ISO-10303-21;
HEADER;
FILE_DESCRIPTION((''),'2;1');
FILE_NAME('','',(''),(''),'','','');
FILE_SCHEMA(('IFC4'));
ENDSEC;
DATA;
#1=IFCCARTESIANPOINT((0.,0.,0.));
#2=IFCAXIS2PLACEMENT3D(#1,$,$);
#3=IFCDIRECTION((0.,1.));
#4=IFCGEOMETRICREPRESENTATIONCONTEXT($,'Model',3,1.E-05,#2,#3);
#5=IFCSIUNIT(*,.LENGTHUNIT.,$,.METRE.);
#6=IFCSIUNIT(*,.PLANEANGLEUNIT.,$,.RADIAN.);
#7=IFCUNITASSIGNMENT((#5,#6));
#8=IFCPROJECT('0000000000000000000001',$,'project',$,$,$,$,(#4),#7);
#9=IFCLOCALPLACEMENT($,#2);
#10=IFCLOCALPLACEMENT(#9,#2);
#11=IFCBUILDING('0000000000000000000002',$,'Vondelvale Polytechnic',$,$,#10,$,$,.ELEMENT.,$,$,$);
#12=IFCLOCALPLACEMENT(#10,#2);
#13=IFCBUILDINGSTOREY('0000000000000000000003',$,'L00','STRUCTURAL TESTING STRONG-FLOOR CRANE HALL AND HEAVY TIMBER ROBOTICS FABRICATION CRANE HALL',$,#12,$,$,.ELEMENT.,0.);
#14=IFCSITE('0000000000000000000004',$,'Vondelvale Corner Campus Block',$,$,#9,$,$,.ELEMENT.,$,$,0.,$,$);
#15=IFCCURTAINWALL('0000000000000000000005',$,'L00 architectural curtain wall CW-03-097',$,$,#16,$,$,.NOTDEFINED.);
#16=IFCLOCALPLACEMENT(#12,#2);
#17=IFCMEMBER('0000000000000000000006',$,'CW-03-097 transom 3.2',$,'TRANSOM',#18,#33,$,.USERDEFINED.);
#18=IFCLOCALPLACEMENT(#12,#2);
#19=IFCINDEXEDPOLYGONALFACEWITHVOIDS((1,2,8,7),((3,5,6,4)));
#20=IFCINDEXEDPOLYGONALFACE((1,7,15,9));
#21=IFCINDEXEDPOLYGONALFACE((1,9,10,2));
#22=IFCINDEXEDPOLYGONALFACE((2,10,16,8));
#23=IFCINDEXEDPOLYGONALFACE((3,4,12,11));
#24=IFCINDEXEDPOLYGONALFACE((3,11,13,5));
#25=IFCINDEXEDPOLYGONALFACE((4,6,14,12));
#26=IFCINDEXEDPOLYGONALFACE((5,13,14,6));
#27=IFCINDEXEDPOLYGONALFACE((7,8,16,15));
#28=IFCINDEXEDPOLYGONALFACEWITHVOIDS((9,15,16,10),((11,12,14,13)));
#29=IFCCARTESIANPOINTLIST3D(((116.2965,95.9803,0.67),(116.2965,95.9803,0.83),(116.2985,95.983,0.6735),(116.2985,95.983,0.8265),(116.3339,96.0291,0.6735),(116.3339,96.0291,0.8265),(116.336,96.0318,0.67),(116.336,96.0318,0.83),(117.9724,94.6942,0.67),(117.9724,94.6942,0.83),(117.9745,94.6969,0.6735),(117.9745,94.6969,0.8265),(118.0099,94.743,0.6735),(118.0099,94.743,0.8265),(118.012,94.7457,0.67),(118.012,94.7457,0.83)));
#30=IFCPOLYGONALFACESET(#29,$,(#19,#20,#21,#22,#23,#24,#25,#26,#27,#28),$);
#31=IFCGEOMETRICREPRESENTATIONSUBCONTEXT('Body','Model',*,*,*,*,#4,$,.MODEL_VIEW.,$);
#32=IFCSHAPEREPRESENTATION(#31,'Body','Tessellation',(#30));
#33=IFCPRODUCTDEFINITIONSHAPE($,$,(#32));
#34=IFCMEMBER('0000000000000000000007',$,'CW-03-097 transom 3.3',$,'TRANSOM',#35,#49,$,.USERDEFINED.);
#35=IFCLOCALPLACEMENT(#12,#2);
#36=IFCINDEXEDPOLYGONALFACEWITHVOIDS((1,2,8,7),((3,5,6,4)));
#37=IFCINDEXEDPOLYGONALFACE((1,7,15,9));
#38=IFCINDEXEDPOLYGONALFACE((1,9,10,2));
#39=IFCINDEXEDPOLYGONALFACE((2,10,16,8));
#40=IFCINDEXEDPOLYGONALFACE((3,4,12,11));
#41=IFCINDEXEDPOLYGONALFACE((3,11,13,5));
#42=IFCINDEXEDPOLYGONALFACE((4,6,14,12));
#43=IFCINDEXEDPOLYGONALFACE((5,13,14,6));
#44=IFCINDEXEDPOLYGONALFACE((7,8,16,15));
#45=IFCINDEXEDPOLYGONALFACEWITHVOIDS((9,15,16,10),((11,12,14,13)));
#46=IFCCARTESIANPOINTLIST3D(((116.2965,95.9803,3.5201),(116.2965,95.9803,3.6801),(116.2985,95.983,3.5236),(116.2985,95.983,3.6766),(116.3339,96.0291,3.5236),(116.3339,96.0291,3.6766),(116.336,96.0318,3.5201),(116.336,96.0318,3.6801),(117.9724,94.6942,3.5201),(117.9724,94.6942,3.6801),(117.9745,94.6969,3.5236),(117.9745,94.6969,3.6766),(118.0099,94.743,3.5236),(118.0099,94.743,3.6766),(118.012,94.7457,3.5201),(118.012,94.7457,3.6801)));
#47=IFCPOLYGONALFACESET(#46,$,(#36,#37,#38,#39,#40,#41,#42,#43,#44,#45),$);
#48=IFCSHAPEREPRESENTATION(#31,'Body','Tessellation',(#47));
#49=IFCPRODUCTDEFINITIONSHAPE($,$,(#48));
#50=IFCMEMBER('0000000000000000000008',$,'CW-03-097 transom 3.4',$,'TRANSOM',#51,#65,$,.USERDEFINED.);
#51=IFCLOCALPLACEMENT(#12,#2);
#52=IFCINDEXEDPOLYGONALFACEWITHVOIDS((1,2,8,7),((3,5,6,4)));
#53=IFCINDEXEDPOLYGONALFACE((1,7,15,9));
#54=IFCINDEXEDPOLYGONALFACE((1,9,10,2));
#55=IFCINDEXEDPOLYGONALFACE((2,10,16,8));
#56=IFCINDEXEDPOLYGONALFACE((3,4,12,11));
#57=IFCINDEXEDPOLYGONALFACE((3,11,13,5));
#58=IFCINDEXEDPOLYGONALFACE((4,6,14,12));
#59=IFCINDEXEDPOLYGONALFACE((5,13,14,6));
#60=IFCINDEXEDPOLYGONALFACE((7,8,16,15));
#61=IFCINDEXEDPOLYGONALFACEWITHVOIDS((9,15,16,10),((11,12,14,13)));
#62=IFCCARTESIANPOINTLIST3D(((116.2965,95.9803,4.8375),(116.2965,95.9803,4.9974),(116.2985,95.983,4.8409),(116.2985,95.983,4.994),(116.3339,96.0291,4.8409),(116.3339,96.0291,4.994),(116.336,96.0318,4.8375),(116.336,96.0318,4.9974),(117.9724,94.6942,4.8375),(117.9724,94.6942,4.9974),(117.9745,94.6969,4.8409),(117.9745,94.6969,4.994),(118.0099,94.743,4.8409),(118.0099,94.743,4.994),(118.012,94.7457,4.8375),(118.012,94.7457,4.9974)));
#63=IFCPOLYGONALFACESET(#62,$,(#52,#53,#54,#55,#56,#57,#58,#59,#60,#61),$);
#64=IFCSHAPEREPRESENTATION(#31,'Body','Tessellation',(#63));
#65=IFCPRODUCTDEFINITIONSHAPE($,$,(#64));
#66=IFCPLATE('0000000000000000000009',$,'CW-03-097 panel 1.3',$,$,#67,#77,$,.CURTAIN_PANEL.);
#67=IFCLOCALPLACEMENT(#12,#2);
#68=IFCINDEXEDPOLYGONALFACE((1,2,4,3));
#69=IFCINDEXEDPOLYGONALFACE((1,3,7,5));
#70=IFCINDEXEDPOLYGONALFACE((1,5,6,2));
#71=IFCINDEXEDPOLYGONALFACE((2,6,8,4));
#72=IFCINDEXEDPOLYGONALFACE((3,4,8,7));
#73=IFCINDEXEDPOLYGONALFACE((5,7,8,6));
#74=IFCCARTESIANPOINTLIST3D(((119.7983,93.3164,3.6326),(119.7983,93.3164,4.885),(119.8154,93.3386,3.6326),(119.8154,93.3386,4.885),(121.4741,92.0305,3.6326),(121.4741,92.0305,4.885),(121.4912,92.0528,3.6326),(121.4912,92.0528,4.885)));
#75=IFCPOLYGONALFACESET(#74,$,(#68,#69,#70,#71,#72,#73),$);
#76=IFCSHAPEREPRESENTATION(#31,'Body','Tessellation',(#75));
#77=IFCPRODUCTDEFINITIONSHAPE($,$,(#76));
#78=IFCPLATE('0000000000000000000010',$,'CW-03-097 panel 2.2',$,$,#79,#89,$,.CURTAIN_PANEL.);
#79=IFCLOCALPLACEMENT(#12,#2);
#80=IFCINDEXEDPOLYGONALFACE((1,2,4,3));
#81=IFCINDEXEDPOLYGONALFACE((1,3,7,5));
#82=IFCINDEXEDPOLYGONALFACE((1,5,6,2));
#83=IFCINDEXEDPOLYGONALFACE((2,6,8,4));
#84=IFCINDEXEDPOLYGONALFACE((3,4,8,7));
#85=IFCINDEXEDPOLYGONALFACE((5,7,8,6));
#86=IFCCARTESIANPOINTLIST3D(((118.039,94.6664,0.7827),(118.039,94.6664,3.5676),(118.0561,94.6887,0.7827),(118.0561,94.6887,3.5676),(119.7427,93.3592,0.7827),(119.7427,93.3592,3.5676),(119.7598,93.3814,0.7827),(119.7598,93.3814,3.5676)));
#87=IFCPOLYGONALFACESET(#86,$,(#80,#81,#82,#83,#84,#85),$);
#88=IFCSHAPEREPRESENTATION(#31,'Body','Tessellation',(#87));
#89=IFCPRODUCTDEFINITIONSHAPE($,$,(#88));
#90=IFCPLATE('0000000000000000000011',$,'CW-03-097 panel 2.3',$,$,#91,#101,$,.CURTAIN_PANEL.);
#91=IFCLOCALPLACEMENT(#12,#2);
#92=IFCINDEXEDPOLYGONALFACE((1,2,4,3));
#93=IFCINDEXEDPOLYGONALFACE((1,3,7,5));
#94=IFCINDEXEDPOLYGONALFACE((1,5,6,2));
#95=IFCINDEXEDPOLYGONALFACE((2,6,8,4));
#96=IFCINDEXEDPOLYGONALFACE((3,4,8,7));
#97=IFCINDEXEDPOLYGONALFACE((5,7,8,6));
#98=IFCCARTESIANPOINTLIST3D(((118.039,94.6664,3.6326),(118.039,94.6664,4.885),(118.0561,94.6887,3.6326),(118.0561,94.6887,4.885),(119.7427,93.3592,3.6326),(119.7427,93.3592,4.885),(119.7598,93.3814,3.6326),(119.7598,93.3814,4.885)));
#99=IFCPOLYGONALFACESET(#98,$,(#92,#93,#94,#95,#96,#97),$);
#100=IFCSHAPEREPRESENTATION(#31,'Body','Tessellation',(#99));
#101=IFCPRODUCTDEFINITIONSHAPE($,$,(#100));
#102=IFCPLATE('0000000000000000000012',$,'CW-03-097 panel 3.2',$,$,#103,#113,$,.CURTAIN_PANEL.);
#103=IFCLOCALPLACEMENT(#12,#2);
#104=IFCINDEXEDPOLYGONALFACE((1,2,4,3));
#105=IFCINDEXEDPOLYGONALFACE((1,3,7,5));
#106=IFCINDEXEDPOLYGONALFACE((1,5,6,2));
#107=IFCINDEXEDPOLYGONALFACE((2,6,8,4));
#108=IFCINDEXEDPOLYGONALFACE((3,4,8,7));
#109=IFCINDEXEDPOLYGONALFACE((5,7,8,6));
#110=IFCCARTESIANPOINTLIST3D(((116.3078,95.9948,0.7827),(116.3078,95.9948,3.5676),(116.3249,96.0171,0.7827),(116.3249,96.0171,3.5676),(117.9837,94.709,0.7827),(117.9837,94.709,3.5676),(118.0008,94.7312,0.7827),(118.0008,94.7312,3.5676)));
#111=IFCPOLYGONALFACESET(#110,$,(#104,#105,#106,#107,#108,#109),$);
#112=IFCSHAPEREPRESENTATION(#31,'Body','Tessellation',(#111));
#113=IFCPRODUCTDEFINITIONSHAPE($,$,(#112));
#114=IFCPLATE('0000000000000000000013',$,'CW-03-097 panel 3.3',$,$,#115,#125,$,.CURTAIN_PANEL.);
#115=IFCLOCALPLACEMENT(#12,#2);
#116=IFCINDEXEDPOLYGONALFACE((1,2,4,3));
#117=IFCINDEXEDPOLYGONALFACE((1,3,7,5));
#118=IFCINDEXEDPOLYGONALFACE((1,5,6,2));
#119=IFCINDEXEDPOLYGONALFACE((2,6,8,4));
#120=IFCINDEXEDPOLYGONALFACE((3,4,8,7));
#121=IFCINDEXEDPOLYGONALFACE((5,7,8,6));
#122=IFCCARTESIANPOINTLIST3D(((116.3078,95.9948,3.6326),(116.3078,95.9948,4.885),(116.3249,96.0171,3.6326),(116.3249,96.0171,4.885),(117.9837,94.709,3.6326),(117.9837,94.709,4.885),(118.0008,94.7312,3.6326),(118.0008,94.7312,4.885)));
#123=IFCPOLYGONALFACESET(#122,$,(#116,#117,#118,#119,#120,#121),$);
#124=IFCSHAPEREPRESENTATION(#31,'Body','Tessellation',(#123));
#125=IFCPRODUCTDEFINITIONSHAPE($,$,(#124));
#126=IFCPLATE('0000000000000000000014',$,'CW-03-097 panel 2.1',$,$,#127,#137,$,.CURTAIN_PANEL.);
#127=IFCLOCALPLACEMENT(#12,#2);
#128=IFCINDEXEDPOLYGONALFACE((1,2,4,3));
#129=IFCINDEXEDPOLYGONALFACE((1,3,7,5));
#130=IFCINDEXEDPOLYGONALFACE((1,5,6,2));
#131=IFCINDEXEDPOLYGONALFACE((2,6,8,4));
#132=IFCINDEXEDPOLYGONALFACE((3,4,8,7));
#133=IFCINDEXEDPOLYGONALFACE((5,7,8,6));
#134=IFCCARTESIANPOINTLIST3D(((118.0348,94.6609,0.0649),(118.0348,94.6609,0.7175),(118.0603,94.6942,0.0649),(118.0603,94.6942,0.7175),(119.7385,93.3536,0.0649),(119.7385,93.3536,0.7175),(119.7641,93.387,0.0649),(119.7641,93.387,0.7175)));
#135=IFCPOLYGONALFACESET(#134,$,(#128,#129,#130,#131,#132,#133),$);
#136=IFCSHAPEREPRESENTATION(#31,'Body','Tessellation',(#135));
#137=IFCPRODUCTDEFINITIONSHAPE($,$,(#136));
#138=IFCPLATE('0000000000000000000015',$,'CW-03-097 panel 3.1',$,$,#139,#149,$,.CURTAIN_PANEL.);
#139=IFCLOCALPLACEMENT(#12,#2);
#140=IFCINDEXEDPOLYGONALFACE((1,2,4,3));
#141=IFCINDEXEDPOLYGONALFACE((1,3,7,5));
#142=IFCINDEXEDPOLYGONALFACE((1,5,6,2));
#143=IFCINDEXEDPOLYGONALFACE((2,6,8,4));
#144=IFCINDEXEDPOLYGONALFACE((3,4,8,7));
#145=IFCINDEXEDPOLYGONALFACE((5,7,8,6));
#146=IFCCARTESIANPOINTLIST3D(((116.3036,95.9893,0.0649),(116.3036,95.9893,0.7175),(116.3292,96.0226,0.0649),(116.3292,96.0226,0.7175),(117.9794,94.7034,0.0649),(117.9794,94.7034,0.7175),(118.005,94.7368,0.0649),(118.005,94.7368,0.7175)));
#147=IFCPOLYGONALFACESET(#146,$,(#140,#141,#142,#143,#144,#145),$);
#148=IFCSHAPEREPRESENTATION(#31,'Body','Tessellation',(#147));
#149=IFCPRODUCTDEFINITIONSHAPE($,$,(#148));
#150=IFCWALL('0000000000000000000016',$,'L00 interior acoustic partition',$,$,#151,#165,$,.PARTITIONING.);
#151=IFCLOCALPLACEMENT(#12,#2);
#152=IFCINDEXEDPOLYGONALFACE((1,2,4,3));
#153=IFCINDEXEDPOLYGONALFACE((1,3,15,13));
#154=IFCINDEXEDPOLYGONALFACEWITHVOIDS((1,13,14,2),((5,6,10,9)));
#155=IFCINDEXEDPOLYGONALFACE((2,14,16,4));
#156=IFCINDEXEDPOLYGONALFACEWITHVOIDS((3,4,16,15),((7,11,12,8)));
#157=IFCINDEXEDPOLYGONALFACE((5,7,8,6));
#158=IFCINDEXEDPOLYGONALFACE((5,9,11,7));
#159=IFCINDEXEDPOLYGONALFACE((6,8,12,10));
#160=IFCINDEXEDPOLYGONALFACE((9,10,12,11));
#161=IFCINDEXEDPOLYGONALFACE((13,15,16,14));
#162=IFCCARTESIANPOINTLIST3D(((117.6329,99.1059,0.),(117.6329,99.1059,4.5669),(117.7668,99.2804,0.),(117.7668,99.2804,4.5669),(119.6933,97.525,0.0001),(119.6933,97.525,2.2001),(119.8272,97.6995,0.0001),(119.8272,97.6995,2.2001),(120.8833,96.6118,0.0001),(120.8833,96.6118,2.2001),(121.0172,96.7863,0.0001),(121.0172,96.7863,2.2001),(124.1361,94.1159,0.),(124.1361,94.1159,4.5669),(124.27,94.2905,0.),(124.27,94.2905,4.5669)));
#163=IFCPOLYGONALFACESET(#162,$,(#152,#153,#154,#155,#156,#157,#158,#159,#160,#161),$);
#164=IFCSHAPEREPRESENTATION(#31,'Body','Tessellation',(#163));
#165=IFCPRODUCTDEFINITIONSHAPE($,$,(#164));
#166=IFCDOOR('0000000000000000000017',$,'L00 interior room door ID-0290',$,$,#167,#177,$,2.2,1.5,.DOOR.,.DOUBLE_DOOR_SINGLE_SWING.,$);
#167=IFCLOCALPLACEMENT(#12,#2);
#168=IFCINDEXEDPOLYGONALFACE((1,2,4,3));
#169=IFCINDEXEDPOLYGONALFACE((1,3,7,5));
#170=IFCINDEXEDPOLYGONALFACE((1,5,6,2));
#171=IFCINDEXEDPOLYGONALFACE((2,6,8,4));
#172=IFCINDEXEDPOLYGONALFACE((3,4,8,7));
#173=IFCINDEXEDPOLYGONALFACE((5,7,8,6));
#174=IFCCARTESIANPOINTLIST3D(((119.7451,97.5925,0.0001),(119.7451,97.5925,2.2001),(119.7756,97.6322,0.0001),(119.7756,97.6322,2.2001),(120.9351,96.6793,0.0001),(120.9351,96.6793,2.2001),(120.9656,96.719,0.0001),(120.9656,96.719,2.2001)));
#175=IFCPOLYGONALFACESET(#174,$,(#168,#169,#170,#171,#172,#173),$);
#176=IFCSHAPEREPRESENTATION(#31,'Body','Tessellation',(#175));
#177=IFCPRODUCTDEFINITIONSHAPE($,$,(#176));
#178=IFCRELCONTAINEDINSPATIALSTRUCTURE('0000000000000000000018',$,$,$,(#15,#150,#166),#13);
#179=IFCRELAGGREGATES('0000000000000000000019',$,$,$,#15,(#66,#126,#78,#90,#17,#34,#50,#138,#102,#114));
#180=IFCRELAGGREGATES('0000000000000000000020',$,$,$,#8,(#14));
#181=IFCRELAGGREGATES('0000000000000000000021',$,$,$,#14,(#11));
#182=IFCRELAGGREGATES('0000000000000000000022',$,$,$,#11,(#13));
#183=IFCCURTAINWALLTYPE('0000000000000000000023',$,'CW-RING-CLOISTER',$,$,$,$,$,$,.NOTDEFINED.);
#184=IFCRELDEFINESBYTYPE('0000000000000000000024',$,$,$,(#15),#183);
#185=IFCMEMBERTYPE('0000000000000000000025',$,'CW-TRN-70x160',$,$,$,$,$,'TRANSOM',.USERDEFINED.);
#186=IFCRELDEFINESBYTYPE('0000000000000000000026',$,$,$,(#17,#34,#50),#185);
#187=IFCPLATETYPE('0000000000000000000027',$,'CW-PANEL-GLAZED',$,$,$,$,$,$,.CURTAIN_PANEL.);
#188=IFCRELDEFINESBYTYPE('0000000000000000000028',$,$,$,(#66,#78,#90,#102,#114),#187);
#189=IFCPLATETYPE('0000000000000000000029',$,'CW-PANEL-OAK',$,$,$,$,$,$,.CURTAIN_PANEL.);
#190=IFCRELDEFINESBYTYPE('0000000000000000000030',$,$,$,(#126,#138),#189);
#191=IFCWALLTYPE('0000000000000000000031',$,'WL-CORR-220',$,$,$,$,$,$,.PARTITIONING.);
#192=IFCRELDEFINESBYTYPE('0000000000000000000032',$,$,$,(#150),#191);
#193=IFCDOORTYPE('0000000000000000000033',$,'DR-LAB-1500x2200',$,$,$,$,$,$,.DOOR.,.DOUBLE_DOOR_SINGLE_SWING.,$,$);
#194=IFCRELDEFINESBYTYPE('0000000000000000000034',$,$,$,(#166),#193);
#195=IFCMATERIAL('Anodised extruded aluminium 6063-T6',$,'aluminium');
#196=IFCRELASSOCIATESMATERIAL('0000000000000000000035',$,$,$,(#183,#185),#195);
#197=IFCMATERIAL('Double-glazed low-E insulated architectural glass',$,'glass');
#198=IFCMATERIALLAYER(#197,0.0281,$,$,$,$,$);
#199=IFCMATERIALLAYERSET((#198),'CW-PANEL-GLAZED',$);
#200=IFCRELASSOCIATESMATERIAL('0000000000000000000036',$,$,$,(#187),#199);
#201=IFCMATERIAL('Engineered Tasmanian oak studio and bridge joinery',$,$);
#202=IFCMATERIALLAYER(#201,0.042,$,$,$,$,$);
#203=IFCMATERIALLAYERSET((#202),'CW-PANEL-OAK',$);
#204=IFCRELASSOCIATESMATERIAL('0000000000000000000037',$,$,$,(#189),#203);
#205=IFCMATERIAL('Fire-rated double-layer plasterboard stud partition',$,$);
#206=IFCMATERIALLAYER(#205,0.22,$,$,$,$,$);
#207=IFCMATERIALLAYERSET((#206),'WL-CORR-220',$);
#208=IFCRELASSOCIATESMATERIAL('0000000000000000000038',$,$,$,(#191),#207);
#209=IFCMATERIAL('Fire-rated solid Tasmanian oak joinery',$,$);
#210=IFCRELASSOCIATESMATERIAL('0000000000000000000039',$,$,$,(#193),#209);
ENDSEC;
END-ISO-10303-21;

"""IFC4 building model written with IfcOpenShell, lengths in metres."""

from ifc_helpers import new_model, si_unit, direction, frame, frame_2d, origin, origin_2d, place, context, subcontext, project, spatial, rectangle, hollow_rectangle, extrude, material, layer, layer_set, material_profile, profile_set, type_object, element, fill, aggregate, save


model = new_model("IFC4")

# Units and contexts
model_context = context("Model", 3, precision=1e-05, world=origin(), true_north=direction((0.0, 1.0)))
body_context = subcontext(model_context, "Body", "Model", "MODEL_VIEW")
ifc_project = project(units=[si_unit("LENGTHUNIT", "METRE"), si_unit("PLANEANGLEUNIT", "RADIAN")], contexts=[model_context])

# Site, building, storey
site_placement = place(None, origin())
site = spatial("IfcSite", under=ifc_project, at=site_placement, Name="Vondelvale Corner Campus Block", CompositionType="ELEMENT", RefElevation=0.0)
building_placement = place(site_placement, origin())
building = spatial("IfcBuilding", under=site, at=building_placement, Name="Vondelvale Polytechnic", CompositionType="ELEMENT")
storey_placement = place(building_placement, origin())
storey = spatial("IfcBuildingStorey", under=building, at=storey_placement, Name="L00", Description="STRUCTURAL TESTING STRONG-FLOOR CRANE HALL AND HEAVY TIMBER ROBOTICS FABRICATION CRANE HALL", CompositionType="ELEMENT", Elevation=0.0)

# Curtain wall, members, plates
ifc_material_1 = material(Name="Anodised extruded aluminium 6063-T6", Category="aluminium")
curtain_wall_type = type_object("IfcCurtainWallType", Name="CW-RING-CLOISTER", PredefinedType="NOTDEFINED", material=ifc_material_1)
curtain_wall_placement = place(storey_placement, origin())
curtain_wall = element("IfcCurtainWall", 1, at=curtain_wall_placement, inside=storey, type_object=curtain_wall_type, Name="L00 architectural curtain wall CW-03-097", PredefinedType="NOTDEFINED")
ifc_material_profile_1 = material_profile(ifc_material_1, hollow_rectangle(XDim=0.0649, YDim=0.1599, WallThickness=0.0034, at=origin_2d()), Name="CW-TRN-160x65")
ifc_profile_set_1 = profile_set([ifc_material_profile_1], Name="Anodised extruded aluminium 6063-T6")
member_type_1 = type_object("IfcMemberType", Name="CW-TRN-70x160", ElementType="TRANSOM", PredefinedType="USERDEFINED", material=ifc_profile_set_1)
member_1_placement = place(storey_placement, frame((117.9922, 94.72, 0.75), z_axis=(-0.793337, 0.608783, 0.0), x_axis=(-0.608783, -0.793337, 0.0)))
member_1 = element("IfcMember", 2, at=member_1_placement, type_object=member_type_1, Name="CW-03-097 transom 3.2", ObjectType="TRANSOM", PredefinedType="USERDEFINED", context=body_context, shape_type="SweptSolid", body=[
    extrude(hollow_rectangle(XDim=0.0649, YDim=0.1599, WallThickness=0.0034, at=origin_2d()), origin(), (0.0, 0.0, 1.0), 2.1125),
])
member_2_placement = place(storey_placement, frame((117.9922, 94.72, 3.6001), z_axis=(-0.793337, 0.608783, 0.0), x_axis=(-0.608783, -0.793337, 0.0)))
member_2 = element("IfcMember", 3, at=member_2_placement, type_object=member_type_1, Name="CW-03-097 transom 3.3", ObjectType="TRANSOM", PredefinedType="USERDEFINED", context=body_context, shape_type="SweptSolid", body=[
    extrude(hollow_rectangle(XDim=0.0649, YDim=0.1599, WallThickness=0.0034, at=origin_2d()), origin(), (0.0, 0.0, 1.0), 2.1125),
])
member_3_placement = place(storey_placement, frame((117.9922, 94.72, 4.9175), z_axis=(-0.793337, 0.608783, 0.0), x_axis=(-0.608783, -0.793337, 0.0)))
member_3 = element("IfcMember", 4, at=member_3_placement, type_object=member_type_1, Name="CW-03-097 transom 3.4", ObjectType="TRANSOM", PredefinedType="USERDEFINED", context=body_context, shape_type="SweptSolid", body=[
    extrude(hollow_rectangle(XDim=0.0649, YDim=0.1599, WallThickness=0.0034, at=origin_2d()), origin(), (0.0, 0.0, 1.0), 2.1125),
])
ifc_material_2 = material(Name="Double-glazed low-E insulated architectural glass", Category="glass")
ifc_layer_1 = layer(ifc_material_2, 0.0281)
ifc_layer_set_1 = layer_set([ifc_layer_1], Name="CW-PANEL-GLAZED")
plate_type_1 = type_object("IfcPlateType", Name="CW-PANEL-GLAZED", PredefinedType="CURTAIN_PANEL", material=ifc_layer_set_1)
plate_1_placement = place(storey_placement, frame((120.6448, 92.6846, 3.6326), z_axis=(0.0, 0.0, 1.0), x_axis=(-0.793364, 0.608748, 0.0)))
plate_1 = element("IfcPlate", 5, at=plate_1_placement, type_object=plate_type_1, Name="CW-03-097 panel 1.3", PredefinedType="CURTAIN_PANEL", context=body_context, shape_type="SweptSolid", body=[
    extrude(rectangle(XDim=2.1123, YDim=0.0281, at=origin_2d()), origin(), (0.0, 0.0, 1.0), 1.2524),
])
plate_2_placement = place(storey_placement, frame((118.8994, 94.0239, 0.7827), z_axis=(0.0, 0.0, 1.0), x_axis=(-0.793364, 0.608748, 0.0)))
plate_2 = element("IfcPlate", 6, at=plate_2_placement, type_object=plate_type_1, Name="CW-03-097 panel 2.2", PredefinedType="CURTAIN_PANEL", context=body_context, shape_type="SweptSolid", body=[
    extrude(rectangle(XDim=2.1475, YDim=0.0281, at=origin_2d()), origin(), (0.0, 0.0, 1.0), 2.7849),
])
plate_3_placement = place(storey_placement, frame((118.8994, 94.0239, 3.6326), z_axis=(0.0, 0.0, 1.0), x_axis=(-0.793364, 0.608748, 0.0)))
plate_3 = element("IfcPlate", 7, at=plate_3_placement, type_object=plate_type_1, Name="CW-03-097 panel 2.3", PredefinedType="CURTAIN_PANEL", context=body_context, shape_type="SweptSolid", body=[
    extrude(rectangle(XDim=2.1475, YDim=0.0281, at=origin_2d()), origin(), (0.0, 0.0, 1.0), 1.2524),
])
plate_4_placement = place(storey_placement, frame((117.1543, 95.363, 0.7827), z_axis=(0.0, 0.0, 1.0), x_axis=(-0.793364, 0.608748, 0.0)))
plate_4 = element("IfcPlate", 8, at=plate_4_placement, type_object=plate_type_1, Name="CW-03-097 panel 3.2", PredefinedType="CURTAIN_PANEL", context=body_context, shape_type="SweptSolid", body=[
    extrude(rectangle(XDim=2.1123, YDim=0.0281, at=origin_2d()), origin(), (0.0, 0.0, 1.0), 2.7849),
])
plate_5_placement = place(storey_placement, frame((117.1543, 95.363, 3.6326), z_axis=(0.0, 0.0, 1.0), x_axis=(-0.793364, 0.608748, 0.0)))
plate_5 = element("IfcPlate", 9, at=plate_5_placement, type_object=plate_type_1, Name="CW-03-097 panel 3.3", PredefinedType="CURTAIN_PANEL", context=body_context, shape_type="SweptSolid", body=[
    extrude(rectangle(XDim=2.1123, YDim=0.0281, at=origin_2d()), origin(), (0.0, 0.0, 1.0), 1.2524),
])
ifc_material_3 = material(Name="Engineered Tasmanian oak studio and bridge joinery")
ifc_layer_2 = layer(ifc_material_3, 0.042)
ifc_layer_set_2 = layer_set([ifc_layer_2], Name="CW-PANEL-OAK")
plate_type_2 = type_object("IfcPlateType", Name="CW-PANEL-OAK", PredefinedType="CURTAIN_PANEL", material=ifc_layer_set_2)
plate_6_placement = place(storey_placement, frame((118.8994, 94.0239, 0.0649), z_axis=(0.0, 0.0, 1.0), x_axis=(-0.793364, 0.608748, 0.0)))
plate_6 = element("IfcPlate", 10, at=plate_6_placement, type_object=plate_type_2, Name="CW-03-097 panel 2.1", PredefinedType="CURTAIN_PANEL", context=body_context, shape_type="SweptSolid", body=[
    extrude(rectangle(XDim=2.1475, YDim=0.042, at=origin_2d()), origin(), (0.0, 0.0, 1.0), 0.6526),
])
plate_7_placement = place(storey_placement, frame((117.1543, 95.363, 0.0649), z_axis=(0.0, 0.0, 1.0), x_axis=(-0.793364, 0.608748, 0.0)))
plate_7 = element("IfcPlate", 11, at=plate_7_placement, type_object=plate_type_2, Name="CW-03-097 panel 3.1", PredefinedType="CURTAIN_PANEL", context=body_context, shape_type="SweptSolid", body=[
    extrude(rectangle(XDim=2.1123, YDim=0.042, at=origin_2d()), origin(), (0.0, 0.0, 1.0), 0.6526),
])
aggregate(curtain_wall, [plate_1, plate_6, plate_2, plate_3, member_1, member_2, member_3, plate_7, plate_4, plate_5])

# Wall, opening, door
ifc_material_4 = material(Name="Fire-rated double-layer plasterboard stud partition")
ifc_layer_3 = layer(ifc_material_4, 0.22)
ifc_layer_set_3 = layer_set([ifc_layer_3], Name="WL-CORR-220")
wall_type_1 = type_object("IfcWallType", Name="WL-CORR-220", PredefinedType="PARTITIONING", material=ifc_layer_set_3)
wall_1_placement = place(storey_placement, frame((124.2031, 94.2031, 0.0), z_axis=(0.0, 0.0, 1.0), x_axis=(-0.793357, 0.608756, 0.0)))
wall_1 = element("IfcWall", 12, at=wall_1_placement, inside=storey, type_object=wall_type_1, Name="L00 interior acoustic partition", PredefinedType="PARTITIONING", context=body_context, shape_type="SweptSolid", body=[
    extrude(rectangle(XDim=8.197, YDim=0.22, at=frame_2d((4.0986, 0.0))), origin(), (0.0, 0.0, 1.0), 4.5669),
])
opening_placement = place(wall_1_placement, frame((4.1001, 0.0, 0.0)))
opening = element("IfcOpeningElement", 13, at=opening_placement, cuts=wall_1, PredefinedType="OPENING", context=body_context, shape_type="SweptSolid", body=[
    extrude(rectangle(XDim=1.5, YDim=2.2, at=frame_2d((0.75, 1.1001))), frame((0.0, 0.1199, 0.0), z_axis=(0.0, -1.0, 0.0), x_axis=(1.0, 0.0, 0.0)), (0.0, 0.0, 1.0), 0.24),
])
ifc_material_5 = material(Name="Fire-rated solid Tasmanian oak joinery")
door_type = type_object("IfcDoorType", Name="DR-LAB-1500x2200", OperationType="DOUBLE_DOOR_SINGLE_SWING", PredefinedType="DOOR", material=ifc_material_5)
door_placement = place(opening_placement, origin())
door = element("IfcDoor", 14, at=door_placement, inside=storey, type_object=door_type, Name="L00 interior room door ID-0290", OperationType="DOUBLE_DOOR_SINGLE_SWING", OverallHeight=2.2, OverallWidth=1.5, PredefinedType="DOOR", context=body_context, shape_type="SweptSolid", body=[
    extrude(rectangle(XDim=1.5, YDim=2.2, at=frame_2d((0.75, 1.1001))), frame((0.0, 0.0249, 0.0), z_axis=(0.0, -1.0, 0.0), x_axis=(1.0, 0.0, 0.0)), (0.0, 0.0, 1.0), 0.05),
])
fill(opening, door)

save(model, "model.ifc")
